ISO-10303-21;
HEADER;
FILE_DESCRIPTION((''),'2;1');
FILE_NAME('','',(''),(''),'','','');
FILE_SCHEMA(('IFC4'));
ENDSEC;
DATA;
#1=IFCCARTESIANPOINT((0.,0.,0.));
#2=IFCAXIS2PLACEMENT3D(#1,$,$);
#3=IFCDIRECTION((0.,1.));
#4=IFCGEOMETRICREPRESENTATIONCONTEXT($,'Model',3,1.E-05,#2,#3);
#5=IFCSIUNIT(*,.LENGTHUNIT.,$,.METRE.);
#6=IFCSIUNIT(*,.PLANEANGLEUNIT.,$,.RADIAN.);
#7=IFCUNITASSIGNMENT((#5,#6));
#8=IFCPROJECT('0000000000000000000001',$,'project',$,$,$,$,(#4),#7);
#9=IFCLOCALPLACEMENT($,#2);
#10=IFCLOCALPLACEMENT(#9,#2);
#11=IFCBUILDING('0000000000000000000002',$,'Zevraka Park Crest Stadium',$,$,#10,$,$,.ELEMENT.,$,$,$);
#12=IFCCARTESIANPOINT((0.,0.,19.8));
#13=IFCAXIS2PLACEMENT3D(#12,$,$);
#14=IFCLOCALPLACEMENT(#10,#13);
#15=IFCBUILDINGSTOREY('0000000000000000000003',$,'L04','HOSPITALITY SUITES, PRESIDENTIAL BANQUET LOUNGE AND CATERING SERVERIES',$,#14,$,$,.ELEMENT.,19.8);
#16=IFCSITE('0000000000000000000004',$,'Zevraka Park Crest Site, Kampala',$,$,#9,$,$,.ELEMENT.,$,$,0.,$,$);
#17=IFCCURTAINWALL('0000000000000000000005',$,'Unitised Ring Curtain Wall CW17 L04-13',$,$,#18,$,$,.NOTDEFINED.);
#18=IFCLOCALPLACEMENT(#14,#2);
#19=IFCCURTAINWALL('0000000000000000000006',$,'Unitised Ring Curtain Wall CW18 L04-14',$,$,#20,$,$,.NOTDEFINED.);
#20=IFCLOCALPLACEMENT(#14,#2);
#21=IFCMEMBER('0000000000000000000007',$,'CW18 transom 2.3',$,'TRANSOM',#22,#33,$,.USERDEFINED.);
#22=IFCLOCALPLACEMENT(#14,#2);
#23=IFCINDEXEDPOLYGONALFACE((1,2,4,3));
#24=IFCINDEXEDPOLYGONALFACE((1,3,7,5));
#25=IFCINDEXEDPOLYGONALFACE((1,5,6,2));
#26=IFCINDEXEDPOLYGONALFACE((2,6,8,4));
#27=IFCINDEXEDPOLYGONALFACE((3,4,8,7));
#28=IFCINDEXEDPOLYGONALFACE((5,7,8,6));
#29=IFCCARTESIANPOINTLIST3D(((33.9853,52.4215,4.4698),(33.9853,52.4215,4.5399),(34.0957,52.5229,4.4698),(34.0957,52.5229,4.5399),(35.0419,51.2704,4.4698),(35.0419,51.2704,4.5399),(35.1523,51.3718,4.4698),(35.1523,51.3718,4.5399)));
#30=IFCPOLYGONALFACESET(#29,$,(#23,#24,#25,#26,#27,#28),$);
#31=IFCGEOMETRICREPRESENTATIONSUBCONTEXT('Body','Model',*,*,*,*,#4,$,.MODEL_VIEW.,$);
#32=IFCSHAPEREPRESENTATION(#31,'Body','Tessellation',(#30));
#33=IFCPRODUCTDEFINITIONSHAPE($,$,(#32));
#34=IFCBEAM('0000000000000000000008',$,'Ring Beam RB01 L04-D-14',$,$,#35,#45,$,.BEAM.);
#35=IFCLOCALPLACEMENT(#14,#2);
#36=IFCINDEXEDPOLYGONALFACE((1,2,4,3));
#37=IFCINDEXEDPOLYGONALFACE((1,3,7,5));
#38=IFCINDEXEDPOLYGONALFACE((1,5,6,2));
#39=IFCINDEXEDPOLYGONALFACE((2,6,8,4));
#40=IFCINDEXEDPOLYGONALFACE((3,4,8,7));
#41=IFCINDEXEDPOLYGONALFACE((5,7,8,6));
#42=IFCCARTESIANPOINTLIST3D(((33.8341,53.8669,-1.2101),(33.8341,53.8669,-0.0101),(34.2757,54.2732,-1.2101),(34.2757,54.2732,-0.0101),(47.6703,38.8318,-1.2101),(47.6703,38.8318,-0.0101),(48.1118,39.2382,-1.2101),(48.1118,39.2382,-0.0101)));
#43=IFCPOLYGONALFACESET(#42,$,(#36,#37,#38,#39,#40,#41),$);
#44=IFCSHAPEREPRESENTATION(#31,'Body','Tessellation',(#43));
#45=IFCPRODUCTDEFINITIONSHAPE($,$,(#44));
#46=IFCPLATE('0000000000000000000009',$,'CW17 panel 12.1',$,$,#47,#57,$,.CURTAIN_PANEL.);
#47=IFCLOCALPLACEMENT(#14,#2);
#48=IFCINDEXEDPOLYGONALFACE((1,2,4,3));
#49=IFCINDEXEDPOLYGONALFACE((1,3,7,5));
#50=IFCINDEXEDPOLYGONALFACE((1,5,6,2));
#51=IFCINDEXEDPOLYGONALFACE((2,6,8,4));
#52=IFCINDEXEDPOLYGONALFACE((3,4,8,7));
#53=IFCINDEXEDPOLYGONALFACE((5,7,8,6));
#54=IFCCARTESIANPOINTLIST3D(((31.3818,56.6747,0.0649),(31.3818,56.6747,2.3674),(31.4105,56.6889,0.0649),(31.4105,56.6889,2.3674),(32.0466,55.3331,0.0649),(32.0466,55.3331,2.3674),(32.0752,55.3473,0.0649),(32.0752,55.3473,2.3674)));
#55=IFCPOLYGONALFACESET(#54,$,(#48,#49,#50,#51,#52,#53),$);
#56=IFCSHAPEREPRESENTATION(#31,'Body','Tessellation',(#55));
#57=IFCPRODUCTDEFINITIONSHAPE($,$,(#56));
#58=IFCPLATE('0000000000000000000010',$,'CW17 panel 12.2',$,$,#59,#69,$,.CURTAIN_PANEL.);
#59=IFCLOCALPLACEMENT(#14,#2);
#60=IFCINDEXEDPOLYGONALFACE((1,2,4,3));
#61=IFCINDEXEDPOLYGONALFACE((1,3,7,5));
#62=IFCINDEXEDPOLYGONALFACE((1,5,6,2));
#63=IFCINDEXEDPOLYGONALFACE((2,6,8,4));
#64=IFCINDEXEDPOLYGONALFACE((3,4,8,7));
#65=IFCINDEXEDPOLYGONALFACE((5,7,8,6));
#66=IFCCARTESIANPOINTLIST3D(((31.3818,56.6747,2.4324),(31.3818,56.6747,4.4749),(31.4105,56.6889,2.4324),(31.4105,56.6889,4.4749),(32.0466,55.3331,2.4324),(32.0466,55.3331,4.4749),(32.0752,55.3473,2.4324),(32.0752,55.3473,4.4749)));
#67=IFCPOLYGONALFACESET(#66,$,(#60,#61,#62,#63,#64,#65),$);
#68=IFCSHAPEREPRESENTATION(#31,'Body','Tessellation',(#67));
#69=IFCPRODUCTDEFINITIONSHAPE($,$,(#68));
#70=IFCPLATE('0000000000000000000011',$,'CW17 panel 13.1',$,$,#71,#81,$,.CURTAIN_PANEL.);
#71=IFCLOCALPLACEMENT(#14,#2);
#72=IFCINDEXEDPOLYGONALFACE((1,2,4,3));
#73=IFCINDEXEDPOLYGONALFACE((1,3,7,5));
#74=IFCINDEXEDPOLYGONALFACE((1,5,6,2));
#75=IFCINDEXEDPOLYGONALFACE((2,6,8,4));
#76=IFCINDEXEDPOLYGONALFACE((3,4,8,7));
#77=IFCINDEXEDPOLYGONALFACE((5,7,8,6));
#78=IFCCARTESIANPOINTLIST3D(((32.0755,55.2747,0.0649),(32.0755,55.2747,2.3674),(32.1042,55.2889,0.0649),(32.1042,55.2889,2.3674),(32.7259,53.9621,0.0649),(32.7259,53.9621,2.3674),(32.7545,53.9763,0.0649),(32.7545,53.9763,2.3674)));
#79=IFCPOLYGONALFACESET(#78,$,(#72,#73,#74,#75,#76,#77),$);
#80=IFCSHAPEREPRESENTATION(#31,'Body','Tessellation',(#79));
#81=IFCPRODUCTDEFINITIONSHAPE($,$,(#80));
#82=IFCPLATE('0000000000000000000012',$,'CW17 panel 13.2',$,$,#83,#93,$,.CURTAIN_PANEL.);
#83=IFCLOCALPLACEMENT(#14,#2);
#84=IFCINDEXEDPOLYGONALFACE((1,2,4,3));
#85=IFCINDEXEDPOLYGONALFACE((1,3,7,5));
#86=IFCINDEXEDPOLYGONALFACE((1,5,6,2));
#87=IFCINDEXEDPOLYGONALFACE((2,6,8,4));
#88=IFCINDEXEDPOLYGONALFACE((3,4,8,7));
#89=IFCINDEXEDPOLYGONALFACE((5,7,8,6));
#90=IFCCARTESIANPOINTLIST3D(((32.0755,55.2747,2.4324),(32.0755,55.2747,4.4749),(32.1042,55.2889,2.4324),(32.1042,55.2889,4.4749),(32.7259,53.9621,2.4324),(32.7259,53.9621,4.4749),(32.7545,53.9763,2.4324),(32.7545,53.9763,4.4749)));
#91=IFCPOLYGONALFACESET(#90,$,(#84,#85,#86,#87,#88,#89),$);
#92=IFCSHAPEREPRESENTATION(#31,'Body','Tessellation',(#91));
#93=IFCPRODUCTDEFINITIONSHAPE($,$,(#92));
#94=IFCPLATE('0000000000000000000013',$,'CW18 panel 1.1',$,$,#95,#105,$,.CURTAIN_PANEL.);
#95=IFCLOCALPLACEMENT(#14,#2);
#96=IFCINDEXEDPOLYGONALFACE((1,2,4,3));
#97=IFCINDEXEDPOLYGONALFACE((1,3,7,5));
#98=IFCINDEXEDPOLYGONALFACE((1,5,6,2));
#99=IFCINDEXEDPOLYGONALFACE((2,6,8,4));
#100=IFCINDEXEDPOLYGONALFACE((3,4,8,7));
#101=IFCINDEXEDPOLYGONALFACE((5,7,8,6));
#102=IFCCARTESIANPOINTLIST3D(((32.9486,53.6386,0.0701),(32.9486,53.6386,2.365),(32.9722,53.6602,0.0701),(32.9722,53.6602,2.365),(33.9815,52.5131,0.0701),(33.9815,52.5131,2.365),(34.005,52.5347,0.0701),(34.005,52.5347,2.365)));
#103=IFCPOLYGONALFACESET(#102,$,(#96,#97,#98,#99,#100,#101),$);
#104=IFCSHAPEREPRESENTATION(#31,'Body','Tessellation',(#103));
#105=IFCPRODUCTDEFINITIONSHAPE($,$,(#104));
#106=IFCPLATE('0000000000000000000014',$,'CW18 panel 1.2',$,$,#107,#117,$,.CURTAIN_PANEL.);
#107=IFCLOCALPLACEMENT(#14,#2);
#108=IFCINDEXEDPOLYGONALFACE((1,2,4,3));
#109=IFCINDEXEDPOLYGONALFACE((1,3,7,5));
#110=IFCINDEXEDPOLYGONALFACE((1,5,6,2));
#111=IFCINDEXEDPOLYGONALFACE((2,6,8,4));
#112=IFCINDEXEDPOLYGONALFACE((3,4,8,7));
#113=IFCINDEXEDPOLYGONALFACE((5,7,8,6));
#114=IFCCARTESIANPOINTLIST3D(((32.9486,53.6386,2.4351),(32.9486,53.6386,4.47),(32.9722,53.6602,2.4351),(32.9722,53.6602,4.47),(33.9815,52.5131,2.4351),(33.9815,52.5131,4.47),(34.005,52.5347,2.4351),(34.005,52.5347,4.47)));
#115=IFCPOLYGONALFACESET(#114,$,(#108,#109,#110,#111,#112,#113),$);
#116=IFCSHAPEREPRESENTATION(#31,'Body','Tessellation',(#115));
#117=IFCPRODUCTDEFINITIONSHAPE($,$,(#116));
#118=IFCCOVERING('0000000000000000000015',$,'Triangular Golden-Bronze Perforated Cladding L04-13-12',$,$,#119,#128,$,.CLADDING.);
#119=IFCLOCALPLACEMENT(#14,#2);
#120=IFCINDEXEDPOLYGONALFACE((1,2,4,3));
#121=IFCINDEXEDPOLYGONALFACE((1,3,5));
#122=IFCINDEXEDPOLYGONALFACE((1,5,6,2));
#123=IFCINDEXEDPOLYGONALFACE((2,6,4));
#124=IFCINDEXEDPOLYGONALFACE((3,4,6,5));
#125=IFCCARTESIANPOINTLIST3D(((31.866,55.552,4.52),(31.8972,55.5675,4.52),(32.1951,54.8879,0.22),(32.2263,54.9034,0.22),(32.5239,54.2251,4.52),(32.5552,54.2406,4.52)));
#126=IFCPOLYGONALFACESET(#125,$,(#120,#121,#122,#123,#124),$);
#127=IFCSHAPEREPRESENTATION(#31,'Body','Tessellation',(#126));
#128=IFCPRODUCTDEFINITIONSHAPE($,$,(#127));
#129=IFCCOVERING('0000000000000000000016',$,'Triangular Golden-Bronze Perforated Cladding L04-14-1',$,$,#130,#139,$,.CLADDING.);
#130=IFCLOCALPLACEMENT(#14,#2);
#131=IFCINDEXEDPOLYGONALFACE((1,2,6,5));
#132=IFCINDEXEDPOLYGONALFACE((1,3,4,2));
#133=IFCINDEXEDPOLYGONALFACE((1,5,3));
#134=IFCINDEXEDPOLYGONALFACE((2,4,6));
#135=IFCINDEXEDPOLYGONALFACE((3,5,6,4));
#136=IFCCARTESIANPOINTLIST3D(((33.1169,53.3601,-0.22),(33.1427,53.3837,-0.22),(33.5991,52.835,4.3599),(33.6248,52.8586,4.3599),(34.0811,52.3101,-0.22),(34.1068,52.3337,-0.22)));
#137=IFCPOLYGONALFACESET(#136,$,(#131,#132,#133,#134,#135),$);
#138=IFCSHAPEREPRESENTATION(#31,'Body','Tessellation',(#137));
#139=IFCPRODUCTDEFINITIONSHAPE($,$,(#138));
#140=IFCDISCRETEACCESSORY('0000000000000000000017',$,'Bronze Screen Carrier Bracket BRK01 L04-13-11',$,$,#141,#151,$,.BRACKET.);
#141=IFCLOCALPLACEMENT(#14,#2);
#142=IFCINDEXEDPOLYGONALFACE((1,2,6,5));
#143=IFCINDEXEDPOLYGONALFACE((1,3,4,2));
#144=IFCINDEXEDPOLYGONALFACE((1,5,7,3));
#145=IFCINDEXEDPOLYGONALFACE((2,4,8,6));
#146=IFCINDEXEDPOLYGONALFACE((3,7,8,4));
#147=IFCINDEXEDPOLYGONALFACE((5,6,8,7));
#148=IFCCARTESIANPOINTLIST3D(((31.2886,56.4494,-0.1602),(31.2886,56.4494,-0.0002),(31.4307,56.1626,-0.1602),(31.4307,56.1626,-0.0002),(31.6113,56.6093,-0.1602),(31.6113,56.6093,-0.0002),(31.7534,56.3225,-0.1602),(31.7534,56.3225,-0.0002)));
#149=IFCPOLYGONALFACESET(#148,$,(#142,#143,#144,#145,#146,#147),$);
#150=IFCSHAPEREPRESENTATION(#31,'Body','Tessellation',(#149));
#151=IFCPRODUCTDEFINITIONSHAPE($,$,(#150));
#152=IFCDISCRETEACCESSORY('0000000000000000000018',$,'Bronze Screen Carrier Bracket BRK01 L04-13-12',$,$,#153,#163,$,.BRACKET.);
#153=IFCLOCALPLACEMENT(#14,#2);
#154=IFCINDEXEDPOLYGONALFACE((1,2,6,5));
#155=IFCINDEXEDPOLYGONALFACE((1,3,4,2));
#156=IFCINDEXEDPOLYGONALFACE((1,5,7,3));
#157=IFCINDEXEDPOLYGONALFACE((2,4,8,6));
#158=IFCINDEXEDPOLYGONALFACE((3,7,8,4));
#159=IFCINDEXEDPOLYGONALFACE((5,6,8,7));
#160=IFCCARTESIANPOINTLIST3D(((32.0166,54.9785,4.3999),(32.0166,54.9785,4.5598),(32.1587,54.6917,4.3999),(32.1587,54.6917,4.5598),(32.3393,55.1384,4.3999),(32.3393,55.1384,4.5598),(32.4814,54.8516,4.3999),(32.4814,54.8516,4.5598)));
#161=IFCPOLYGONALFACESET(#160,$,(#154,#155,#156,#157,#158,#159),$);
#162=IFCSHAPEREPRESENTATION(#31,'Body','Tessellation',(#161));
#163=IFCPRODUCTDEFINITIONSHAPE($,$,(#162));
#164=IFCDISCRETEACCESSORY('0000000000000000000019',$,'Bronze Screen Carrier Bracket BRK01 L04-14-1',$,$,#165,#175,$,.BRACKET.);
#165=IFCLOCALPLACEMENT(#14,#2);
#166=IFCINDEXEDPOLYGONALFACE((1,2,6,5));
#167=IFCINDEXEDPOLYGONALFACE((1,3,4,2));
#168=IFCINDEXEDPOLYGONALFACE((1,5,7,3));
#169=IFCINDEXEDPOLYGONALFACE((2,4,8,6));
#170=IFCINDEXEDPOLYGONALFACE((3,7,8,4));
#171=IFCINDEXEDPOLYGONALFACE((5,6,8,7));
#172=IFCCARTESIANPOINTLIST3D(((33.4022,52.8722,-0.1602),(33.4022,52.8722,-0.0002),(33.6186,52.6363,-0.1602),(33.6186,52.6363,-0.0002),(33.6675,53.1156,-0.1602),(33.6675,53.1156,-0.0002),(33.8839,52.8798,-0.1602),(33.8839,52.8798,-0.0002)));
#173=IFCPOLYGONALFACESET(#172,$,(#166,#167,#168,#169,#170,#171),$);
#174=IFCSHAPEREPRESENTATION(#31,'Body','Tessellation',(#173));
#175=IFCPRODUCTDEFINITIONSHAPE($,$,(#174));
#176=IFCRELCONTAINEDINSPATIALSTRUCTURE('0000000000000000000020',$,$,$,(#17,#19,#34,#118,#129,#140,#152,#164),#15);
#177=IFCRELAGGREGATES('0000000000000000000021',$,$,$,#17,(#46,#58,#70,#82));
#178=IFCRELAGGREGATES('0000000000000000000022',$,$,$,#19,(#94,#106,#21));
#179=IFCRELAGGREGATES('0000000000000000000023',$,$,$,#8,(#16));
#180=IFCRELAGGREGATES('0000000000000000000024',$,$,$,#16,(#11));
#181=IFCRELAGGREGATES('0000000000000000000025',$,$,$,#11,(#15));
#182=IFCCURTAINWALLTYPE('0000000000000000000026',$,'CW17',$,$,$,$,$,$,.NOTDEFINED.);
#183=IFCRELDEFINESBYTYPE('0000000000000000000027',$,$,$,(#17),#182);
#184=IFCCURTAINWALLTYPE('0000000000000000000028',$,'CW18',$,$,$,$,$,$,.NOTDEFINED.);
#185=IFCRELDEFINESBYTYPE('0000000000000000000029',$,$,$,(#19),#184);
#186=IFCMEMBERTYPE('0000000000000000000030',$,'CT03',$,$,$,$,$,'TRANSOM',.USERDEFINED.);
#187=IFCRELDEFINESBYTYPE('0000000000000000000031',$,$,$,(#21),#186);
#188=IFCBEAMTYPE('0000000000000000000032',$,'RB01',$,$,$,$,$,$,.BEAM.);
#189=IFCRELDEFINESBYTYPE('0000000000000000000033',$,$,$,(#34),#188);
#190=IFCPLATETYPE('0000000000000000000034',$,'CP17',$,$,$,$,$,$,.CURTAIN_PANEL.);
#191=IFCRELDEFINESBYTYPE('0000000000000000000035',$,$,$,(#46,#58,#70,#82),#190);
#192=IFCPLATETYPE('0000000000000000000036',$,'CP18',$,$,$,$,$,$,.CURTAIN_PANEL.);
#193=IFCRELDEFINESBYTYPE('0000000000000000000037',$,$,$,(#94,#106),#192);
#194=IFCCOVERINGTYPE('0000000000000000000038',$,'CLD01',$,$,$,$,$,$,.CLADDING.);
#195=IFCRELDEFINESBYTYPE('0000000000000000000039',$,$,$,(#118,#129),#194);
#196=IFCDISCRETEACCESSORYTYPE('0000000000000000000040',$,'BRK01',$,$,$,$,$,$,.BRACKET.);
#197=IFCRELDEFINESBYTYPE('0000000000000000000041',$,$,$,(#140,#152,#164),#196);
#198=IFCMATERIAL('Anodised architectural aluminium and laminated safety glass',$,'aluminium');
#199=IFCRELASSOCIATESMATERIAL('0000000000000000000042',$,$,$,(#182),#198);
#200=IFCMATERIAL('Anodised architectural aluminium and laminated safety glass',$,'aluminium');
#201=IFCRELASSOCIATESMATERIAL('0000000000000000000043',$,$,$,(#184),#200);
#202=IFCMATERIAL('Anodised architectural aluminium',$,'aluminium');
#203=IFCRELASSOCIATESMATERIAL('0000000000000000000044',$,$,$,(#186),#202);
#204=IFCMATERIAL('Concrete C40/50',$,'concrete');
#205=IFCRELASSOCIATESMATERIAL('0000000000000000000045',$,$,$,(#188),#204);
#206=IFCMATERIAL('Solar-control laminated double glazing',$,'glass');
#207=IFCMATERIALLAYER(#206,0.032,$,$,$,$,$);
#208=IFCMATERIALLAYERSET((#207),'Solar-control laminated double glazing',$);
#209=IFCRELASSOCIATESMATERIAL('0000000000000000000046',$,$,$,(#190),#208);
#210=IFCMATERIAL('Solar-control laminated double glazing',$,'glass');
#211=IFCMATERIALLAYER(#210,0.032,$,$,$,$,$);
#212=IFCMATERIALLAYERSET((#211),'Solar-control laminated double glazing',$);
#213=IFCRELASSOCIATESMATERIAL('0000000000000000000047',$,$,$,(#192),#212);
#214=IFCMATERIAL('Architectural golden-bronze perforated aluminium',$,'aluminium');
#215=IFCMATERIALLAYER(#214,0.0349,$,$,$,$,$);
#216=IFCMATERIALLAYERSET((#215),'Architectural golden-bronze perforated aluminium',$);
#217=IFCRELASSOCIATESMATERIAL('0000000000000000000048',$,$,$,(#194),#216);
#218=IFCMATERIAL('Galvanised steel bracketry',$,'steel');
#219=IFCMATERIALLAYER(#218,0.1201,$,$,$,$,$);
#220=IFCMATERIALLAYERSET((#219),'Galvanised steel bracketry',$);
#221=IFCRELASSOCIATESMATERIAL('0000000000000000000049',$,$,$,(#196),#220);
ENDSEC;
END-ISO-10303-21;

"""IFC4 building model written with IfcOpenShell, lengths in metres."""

from ifc_helpers import new_model, si_unit, direction, frame, origin, origin_2d, place, context, subcontext, project, spatial, polyline, rectangle, outline, extrude, material, layer, layer_set, material_profile, profile_set, type_object, element, aggregate, save


model = new_model("IFC4")

# Units and contexts
model_context = context("Model", 3, precision=1e-05, world=origin(), true_north=direction((0.0, 1.0)))
body_context = subcontext(model_context, "Body", "Model", "MODEL_VIEW")
ifc_project = project(units=[si_unit("LENGTHUNIT", "METRE"), si_unit("PLANEANGLEUNIT", "RADIAN")], contexts=[model_context])

# Site, building, storey
site_placement = place(None, origin())
site = spatial("IfcSite", under=ifc_project, at=site_placement, Name="Zevraka Park Crest Site, Kampala", CompositionType="ELEMENT", RefElevation=0.0)
building_placement = place(site_placement, origin())
building = spatial("IfcBuilding", under=site, at=building_placement, Name="Zevraka Park Crest Stadium", CompositionType="ELEMENT")
storey_placement = place(building_placement, frame((0.0, 0.0, 19.8)))
storey = spatial("IfcBuildingStorey", under=building, at=storey_placement, Name="L04", Description="HOSPITALITY SUITES, PRESIDENTIAL BANQUET LOUNGE AND CATERING SERVERIES", CompositionType="ELEMENT", Elevation=19.8)

# Curtain walls
ifc_material_1 = material(Name="Anodised architectural aluminium and laminated safety glass", Category="aluminium")
curtain_wall_type_1 = type_object("IfcCurtainWallType", Name="CW17", PredefinedType="NOTDEFINED", material=ifc_material_1)
curtain_wall_1_placement = place(storey_placement, origin())
curtain_wall_1 = element("IfcCurtainWall", 1, at=curtain_wall_1_placement, inside=storey, type_object=curtain_wall_type_1, Name="Unitised Ring Curtain Wall CW17 L04-13", PredefinedType="NOTDEFINED")
ifc_material_2 = material(Name="Anodised architectural aluminium and laminated safety glass", Category="aluminium")
curtain_wall_type_2 = type_object("IfcCurtainWallType", Name="CW18", PredefinedType="NOTDEFINED", material=ifc_material_2)
curtain_wall_2_placement = place(storey_placement, origin())
curtain_wall_2 = element("IfcCurtainWall", 2, at=curtain_wall_2_placement, inside=storey, type_object=curtain_wall_type_2, Name="Unitised Ring Curtain Wall CW18 L04-14", PredefinedType="NOTDEFINED")

# Member
ifc_material_3 = material(Name="Anodised architectural aluminium", Category="aluminium")
ifc_material_profile_1 = material_profile(ifc_material_3, rectangle(XDim=0.1499, YDim=0.0701, at=origin_2d()), Name="ALU TRANSOM 150x70")
ifc_profile_set_1 = profile_set([ifc_material_profile_1], Name="Anodised architectural aluminium")
member_type_1 = type_object("IfcMemberType", Name="CT03", ElementType="TRANSOM", PredefinedType="USERDEFINED", material=ifc_profile_set_1)
member_1_placement = place(storey_placement, frame((34.0405, 52.4722, 4.5049), z_axis=(0.676227, -0.736693, 0.0), x_axis=(0.736693, 0.676227, 0.0)))
member_1 = element("IfcMember", 3, at=member_1_placement, type_object=member_type_1, Name="CW18 transom 2.3", ObjectType="TRANSOM", PredefinedType="USERDEFINED", context=body_context, shape_type="SweptSolid", body=[
    extrude(rectangle(XDim=0.1499, YDim=0.0701, at=origin_2d()), origin(), (0.0, 0.0, 1.0), 1.5625),
])

# Beam
ifc_material_4 = material(Name="Concrete C40/50", Category="concrete")
ifc_material_profile_2 = material_profile(ifc_material_4, rectangle(XDim=0.6001, YDim=1.2, at=origin_2d()), Name="RC 1200x600")
ifc_profile_set_2 = profile_set([ifc_material_profile_2], Name="Concrete C40/50")
beam_type = type_object("IfcBeamType", Name="RB01", PredefinedType="BEAM", material=ifc_profile_set_2)
beam_placement = place(storey_placement, frame((34.0549, 54.0701, -0.6101), z_axis=(0.677158, -0.735837, 0.0), x_axis=(0.735837, 0.677158, 0.0)))
element("IfcBeam", 4, at=beam_placement, inside=storey, type_object=beam_type, Name="Ring Beam RB01 L04-D-14", PredefinedType="BEAM", context=body_context, shape_type="SweptSolid", body=[
    extrude(rectangle(XDim=0.6001, YDim=1.2, at=origin_2d()), origin(), (0.0, 0.0, 1.0), 20.4326),
])

# Plates
ifc_material_5 = material(Name="Solar-control laminated double glazing", Category="glass")
ifc_layer_1 = layer(ifc_material_5, 0.032)
ifc_layer_set_1 = layer_set([ifc_layer_1], Name="Solar-control laminated double glazing")
plate_type_1 = type_object("IfcPlateType", Name="CP17", PredefinedType="CURTAIN_PANEL", material=ifc_layer_set_1)
plate_1_placement = place(storey_placement, frame((31.7285, 56.011, 0.0649), z_axis=(0.0, 0.0, 1.0), x_axis=(0.443961, -0.896046, 0.0)))
plate_1 = element("IfcPlate", 5, at=plate_1_placement, type_object=plate_type_1, Name="CW17 panel 12.1", PredefinedType="CURTAIN_PANEL", context=body_context, shape_type="SweptSolid", body=[
    extrude(rectangle(XDim=1.4973, YDim=0.032, at=origin_2d()), origin(), (0.0, 0.0, 1.0), 2.3025),
])
plate_2_placement = place(storey_placement, frame((31.7285, 56.011, 2.4324), z_axis=(0.0, 0.0, 1.0), x_axis=(0.443961, -0.896046, 0.0)))
plate_2 = element("IfcPlate", 6, at=plate_2_placement, type_object=plate_type_1, Name="CW17 panel 12.2", PredefinedType="CURTAIN_PANEL", context=body_context, shape_type="SweptSolid", body=[
    extrude(rectangle(XDim=1.4973, YDim=0.032, at=origin_2d()), origin(), (0.0, 0.0, 1.0), 2.0425),
])
plate_3_placement = place(storey_placement, frame((32.415, 54.6255, 0.0649), z_axis=(0.0, 0.0, 1.0), x_axis=(0.443961, -0.896046, 0.0)))
plate_3 = element("IfcPlate", 7, at=plate_3_placement, type_object=plate_type_1, Name="CW17 panel 13.1", PredefinedType="CURTAIN_PANEL", context=body_context, shape_type="SweptSolid", body=[
    extrude(rectangle(XDim=1.4648, YDim=0.032, at=origin_2d()), origin(), (0.0, 0.0, 1.0), 2.3025),
])
plate_4_placement = place(storey_placement, frame((32.415, 54.6255, 2.4324), z_axis=(0.0, 0.0, 1.0), x_axis=(0.443961, -0.896046, 0.0)))
plate_4 = element("IfcPlate", 8, at=plate_4_placement, type_object=plate_type_1, Name="CW17 panel 13.2", PredefinedType="CURTAIN_PANEL", context=body_context, shape_type="SweptSolid", body=[
    extrude(rectangle(XDim=1.4648, YDim=0.032, at=origin_2d()), origin(), (0.0, 0.0, 1.0), 2.0425),
])
aggregate(curtain_wall_1, [plate_1, plate_2, plate_3, plate_4])
ifc_material_6 = material(Name="Solar-control laminated double glazing", Category="glass")
ifc_layer_2 = layer(ifc_material_6, 0.032)
ifc_layer_set_2 = layer_set([ifc_layer_2], Name="Solar-control laminated double glazing")
plate_type_2 = type_object("IfcPlateType", Name="CP18", PredefinedType="CURTAIN_PANEL", material=ifc_layer_set_2)
plate_5_placement = place(storey_placement, frame((33.4768, 53.0867, 0.0701), z_axis=(0.0, 0.0, 1.0), x_axis=(0.676138, -0.736775, 0.0)))
plate_5 = element("IfcPlate", 9, at=plate_5_placement, type_object=plate_type_2, Name="CW18 panel 1.1", PredefinedType="CURTAIN_PANEL", context=body_context, shape_type="SweptSolid", body=[
    extrude(rectangle(XDim=1.5276, YDim=0.032, at=origin_2d()), origin(), (0.0, 0.0, 1.0), 2.2949),
])
plate_6_placement = place(storey_placement, frame((33.4768, 53.0867, 2.4351), z_axis=(0.0, 0.0, 1.0), x_axis=(0.676138, -0.736775, 0.0)))
plate_6 = element("IfcPlate", 10, at=plate_6_placement, type_object=plate_type_2, Name="CW18 panel 1.2", PredefinedType="CURTAIN_PANEL", context=body_context, shape_type="SweptSolid", body=[
    extrude(rectangle(XDim=1.5276, YDim=0.032, at=origin_2d()), origin(), (0.0, 0.0, 1.0), 2.0349),
])
aggregate(curtain_wall_2, [plate_5, plate_6, member_1])

# Coverings
ifc_material_7 = material(Name="Architectural golden-bronze perforated aluminium", Category="aluminium")
ifc_layer_3 = layer(ifc_material_7, 0.0349)
ifc_layer_set_3 = layer_set([ifc_layer_3], Name="Architectural golden-bronze perforated aluminium")
covering_type = type_object("IfcCoveringType", Name="CLD01", PredefinedType="CLADDING", material=ifc_layer_set_3)
covering_1_placement = place(storey_placement, frame((32.5239, 54.2251, 4.52), z_axis=(-0.895906, -0.444244, 0.000038), x_axis=(-0.444244, 0.895906, 0.0)))
element("IfcCovering", 11, at=covering_1_placement, inside=storey, type_object=covering_type, Name="Triangular Golden-Bronze Perforated Cladding L04-13-12", PredefinedType="CLADDING", context=body_context, shape_type="SweptSolid", body=[
    extrude(outline(polyline([(0.0, 0.0), (1.4811, 0.0), (0.7399, 4.3), (0.0, 0.0)])), origin(), (0.0, 0.0, -1.0), 0.0349),
])
covering_2_placement = place(storey_placement, frame((33.1169, 53.3601, -0.22), z_axis=(-0.736606, -0.676322, 0.000002), x_axis=(0.676322, -0.736606, 0.0)))
element("IfcCovering", 12, at=covering_2_placement, inside=storey, type_object=covering_type, Name="Triangular Golden-Bronze Perforated Cladding L04-14-1", PredefinedType="CLADDING", context=body_context, shape_type="SweptSolid", body=[
    extrude(outline(polyline([(0.0, 0.0), (1.4255, 0.0), (0.7129, 4.5798), (0.0, 0.0)])), origin(), (0.0, 0.0, -1.0), 0.0349),
])

# Discrete accessories
ifc_material_8 = material(Name="Galvanised steel bracketry", Category="steel")
ifc_layer_4 = layer(ifc_material_8, 0.1201)
ifc_layer_set_4 = layer_set([ifc_layer_4], Name="Galvanised steel bracketry")
discrete_accessory_type = type_object("IfcDiscreteAccessoryType", Name="BRK01", PredefinedType="BRACKET", material=ifc_layer_set_4)
for number, where, z_axis, x_axis, name in (
    (13, (31.521, 56.386, -0.1602), (0.0, 0.0, 1.0), (0.44401, -0.896022, 0.0), "Bronze Screen Carrier Bracket BRK01 L04-13-11"),
    (14, (32.249, 54.915, 4.3999), (0.0, 0.0, 1.0), (0.44401, -0.896022, 0.0), "Bronze Screen Carrier Bracket BRK01 L04-13-12"),
    (15, (33.6431, 52.876, -0.1602), (0.0, 0.0, 1.0), (0.676105, -0.736806, 0.0), "Bronze Screen Carrier Bracket BRK01 L04-14-1"),
):
    element("IfcDiscreteAccessory", number, at=place(storey_placement, frame(where, z_axis=z_axis, x_axis=x_axis)), inside=storey, type_object=discrete_accessory_type, Name=name, PredefinedType="BRACKET", context=body_context, shape_type="SweptSolid", body=[
        extrude(rectangle(XDim=0.3201, YDim=0.3601, at=origin_2d()), origin(), (0.0, 0.0, 1.0), 0.1599),
    ])

save(model, "model.ifc")
